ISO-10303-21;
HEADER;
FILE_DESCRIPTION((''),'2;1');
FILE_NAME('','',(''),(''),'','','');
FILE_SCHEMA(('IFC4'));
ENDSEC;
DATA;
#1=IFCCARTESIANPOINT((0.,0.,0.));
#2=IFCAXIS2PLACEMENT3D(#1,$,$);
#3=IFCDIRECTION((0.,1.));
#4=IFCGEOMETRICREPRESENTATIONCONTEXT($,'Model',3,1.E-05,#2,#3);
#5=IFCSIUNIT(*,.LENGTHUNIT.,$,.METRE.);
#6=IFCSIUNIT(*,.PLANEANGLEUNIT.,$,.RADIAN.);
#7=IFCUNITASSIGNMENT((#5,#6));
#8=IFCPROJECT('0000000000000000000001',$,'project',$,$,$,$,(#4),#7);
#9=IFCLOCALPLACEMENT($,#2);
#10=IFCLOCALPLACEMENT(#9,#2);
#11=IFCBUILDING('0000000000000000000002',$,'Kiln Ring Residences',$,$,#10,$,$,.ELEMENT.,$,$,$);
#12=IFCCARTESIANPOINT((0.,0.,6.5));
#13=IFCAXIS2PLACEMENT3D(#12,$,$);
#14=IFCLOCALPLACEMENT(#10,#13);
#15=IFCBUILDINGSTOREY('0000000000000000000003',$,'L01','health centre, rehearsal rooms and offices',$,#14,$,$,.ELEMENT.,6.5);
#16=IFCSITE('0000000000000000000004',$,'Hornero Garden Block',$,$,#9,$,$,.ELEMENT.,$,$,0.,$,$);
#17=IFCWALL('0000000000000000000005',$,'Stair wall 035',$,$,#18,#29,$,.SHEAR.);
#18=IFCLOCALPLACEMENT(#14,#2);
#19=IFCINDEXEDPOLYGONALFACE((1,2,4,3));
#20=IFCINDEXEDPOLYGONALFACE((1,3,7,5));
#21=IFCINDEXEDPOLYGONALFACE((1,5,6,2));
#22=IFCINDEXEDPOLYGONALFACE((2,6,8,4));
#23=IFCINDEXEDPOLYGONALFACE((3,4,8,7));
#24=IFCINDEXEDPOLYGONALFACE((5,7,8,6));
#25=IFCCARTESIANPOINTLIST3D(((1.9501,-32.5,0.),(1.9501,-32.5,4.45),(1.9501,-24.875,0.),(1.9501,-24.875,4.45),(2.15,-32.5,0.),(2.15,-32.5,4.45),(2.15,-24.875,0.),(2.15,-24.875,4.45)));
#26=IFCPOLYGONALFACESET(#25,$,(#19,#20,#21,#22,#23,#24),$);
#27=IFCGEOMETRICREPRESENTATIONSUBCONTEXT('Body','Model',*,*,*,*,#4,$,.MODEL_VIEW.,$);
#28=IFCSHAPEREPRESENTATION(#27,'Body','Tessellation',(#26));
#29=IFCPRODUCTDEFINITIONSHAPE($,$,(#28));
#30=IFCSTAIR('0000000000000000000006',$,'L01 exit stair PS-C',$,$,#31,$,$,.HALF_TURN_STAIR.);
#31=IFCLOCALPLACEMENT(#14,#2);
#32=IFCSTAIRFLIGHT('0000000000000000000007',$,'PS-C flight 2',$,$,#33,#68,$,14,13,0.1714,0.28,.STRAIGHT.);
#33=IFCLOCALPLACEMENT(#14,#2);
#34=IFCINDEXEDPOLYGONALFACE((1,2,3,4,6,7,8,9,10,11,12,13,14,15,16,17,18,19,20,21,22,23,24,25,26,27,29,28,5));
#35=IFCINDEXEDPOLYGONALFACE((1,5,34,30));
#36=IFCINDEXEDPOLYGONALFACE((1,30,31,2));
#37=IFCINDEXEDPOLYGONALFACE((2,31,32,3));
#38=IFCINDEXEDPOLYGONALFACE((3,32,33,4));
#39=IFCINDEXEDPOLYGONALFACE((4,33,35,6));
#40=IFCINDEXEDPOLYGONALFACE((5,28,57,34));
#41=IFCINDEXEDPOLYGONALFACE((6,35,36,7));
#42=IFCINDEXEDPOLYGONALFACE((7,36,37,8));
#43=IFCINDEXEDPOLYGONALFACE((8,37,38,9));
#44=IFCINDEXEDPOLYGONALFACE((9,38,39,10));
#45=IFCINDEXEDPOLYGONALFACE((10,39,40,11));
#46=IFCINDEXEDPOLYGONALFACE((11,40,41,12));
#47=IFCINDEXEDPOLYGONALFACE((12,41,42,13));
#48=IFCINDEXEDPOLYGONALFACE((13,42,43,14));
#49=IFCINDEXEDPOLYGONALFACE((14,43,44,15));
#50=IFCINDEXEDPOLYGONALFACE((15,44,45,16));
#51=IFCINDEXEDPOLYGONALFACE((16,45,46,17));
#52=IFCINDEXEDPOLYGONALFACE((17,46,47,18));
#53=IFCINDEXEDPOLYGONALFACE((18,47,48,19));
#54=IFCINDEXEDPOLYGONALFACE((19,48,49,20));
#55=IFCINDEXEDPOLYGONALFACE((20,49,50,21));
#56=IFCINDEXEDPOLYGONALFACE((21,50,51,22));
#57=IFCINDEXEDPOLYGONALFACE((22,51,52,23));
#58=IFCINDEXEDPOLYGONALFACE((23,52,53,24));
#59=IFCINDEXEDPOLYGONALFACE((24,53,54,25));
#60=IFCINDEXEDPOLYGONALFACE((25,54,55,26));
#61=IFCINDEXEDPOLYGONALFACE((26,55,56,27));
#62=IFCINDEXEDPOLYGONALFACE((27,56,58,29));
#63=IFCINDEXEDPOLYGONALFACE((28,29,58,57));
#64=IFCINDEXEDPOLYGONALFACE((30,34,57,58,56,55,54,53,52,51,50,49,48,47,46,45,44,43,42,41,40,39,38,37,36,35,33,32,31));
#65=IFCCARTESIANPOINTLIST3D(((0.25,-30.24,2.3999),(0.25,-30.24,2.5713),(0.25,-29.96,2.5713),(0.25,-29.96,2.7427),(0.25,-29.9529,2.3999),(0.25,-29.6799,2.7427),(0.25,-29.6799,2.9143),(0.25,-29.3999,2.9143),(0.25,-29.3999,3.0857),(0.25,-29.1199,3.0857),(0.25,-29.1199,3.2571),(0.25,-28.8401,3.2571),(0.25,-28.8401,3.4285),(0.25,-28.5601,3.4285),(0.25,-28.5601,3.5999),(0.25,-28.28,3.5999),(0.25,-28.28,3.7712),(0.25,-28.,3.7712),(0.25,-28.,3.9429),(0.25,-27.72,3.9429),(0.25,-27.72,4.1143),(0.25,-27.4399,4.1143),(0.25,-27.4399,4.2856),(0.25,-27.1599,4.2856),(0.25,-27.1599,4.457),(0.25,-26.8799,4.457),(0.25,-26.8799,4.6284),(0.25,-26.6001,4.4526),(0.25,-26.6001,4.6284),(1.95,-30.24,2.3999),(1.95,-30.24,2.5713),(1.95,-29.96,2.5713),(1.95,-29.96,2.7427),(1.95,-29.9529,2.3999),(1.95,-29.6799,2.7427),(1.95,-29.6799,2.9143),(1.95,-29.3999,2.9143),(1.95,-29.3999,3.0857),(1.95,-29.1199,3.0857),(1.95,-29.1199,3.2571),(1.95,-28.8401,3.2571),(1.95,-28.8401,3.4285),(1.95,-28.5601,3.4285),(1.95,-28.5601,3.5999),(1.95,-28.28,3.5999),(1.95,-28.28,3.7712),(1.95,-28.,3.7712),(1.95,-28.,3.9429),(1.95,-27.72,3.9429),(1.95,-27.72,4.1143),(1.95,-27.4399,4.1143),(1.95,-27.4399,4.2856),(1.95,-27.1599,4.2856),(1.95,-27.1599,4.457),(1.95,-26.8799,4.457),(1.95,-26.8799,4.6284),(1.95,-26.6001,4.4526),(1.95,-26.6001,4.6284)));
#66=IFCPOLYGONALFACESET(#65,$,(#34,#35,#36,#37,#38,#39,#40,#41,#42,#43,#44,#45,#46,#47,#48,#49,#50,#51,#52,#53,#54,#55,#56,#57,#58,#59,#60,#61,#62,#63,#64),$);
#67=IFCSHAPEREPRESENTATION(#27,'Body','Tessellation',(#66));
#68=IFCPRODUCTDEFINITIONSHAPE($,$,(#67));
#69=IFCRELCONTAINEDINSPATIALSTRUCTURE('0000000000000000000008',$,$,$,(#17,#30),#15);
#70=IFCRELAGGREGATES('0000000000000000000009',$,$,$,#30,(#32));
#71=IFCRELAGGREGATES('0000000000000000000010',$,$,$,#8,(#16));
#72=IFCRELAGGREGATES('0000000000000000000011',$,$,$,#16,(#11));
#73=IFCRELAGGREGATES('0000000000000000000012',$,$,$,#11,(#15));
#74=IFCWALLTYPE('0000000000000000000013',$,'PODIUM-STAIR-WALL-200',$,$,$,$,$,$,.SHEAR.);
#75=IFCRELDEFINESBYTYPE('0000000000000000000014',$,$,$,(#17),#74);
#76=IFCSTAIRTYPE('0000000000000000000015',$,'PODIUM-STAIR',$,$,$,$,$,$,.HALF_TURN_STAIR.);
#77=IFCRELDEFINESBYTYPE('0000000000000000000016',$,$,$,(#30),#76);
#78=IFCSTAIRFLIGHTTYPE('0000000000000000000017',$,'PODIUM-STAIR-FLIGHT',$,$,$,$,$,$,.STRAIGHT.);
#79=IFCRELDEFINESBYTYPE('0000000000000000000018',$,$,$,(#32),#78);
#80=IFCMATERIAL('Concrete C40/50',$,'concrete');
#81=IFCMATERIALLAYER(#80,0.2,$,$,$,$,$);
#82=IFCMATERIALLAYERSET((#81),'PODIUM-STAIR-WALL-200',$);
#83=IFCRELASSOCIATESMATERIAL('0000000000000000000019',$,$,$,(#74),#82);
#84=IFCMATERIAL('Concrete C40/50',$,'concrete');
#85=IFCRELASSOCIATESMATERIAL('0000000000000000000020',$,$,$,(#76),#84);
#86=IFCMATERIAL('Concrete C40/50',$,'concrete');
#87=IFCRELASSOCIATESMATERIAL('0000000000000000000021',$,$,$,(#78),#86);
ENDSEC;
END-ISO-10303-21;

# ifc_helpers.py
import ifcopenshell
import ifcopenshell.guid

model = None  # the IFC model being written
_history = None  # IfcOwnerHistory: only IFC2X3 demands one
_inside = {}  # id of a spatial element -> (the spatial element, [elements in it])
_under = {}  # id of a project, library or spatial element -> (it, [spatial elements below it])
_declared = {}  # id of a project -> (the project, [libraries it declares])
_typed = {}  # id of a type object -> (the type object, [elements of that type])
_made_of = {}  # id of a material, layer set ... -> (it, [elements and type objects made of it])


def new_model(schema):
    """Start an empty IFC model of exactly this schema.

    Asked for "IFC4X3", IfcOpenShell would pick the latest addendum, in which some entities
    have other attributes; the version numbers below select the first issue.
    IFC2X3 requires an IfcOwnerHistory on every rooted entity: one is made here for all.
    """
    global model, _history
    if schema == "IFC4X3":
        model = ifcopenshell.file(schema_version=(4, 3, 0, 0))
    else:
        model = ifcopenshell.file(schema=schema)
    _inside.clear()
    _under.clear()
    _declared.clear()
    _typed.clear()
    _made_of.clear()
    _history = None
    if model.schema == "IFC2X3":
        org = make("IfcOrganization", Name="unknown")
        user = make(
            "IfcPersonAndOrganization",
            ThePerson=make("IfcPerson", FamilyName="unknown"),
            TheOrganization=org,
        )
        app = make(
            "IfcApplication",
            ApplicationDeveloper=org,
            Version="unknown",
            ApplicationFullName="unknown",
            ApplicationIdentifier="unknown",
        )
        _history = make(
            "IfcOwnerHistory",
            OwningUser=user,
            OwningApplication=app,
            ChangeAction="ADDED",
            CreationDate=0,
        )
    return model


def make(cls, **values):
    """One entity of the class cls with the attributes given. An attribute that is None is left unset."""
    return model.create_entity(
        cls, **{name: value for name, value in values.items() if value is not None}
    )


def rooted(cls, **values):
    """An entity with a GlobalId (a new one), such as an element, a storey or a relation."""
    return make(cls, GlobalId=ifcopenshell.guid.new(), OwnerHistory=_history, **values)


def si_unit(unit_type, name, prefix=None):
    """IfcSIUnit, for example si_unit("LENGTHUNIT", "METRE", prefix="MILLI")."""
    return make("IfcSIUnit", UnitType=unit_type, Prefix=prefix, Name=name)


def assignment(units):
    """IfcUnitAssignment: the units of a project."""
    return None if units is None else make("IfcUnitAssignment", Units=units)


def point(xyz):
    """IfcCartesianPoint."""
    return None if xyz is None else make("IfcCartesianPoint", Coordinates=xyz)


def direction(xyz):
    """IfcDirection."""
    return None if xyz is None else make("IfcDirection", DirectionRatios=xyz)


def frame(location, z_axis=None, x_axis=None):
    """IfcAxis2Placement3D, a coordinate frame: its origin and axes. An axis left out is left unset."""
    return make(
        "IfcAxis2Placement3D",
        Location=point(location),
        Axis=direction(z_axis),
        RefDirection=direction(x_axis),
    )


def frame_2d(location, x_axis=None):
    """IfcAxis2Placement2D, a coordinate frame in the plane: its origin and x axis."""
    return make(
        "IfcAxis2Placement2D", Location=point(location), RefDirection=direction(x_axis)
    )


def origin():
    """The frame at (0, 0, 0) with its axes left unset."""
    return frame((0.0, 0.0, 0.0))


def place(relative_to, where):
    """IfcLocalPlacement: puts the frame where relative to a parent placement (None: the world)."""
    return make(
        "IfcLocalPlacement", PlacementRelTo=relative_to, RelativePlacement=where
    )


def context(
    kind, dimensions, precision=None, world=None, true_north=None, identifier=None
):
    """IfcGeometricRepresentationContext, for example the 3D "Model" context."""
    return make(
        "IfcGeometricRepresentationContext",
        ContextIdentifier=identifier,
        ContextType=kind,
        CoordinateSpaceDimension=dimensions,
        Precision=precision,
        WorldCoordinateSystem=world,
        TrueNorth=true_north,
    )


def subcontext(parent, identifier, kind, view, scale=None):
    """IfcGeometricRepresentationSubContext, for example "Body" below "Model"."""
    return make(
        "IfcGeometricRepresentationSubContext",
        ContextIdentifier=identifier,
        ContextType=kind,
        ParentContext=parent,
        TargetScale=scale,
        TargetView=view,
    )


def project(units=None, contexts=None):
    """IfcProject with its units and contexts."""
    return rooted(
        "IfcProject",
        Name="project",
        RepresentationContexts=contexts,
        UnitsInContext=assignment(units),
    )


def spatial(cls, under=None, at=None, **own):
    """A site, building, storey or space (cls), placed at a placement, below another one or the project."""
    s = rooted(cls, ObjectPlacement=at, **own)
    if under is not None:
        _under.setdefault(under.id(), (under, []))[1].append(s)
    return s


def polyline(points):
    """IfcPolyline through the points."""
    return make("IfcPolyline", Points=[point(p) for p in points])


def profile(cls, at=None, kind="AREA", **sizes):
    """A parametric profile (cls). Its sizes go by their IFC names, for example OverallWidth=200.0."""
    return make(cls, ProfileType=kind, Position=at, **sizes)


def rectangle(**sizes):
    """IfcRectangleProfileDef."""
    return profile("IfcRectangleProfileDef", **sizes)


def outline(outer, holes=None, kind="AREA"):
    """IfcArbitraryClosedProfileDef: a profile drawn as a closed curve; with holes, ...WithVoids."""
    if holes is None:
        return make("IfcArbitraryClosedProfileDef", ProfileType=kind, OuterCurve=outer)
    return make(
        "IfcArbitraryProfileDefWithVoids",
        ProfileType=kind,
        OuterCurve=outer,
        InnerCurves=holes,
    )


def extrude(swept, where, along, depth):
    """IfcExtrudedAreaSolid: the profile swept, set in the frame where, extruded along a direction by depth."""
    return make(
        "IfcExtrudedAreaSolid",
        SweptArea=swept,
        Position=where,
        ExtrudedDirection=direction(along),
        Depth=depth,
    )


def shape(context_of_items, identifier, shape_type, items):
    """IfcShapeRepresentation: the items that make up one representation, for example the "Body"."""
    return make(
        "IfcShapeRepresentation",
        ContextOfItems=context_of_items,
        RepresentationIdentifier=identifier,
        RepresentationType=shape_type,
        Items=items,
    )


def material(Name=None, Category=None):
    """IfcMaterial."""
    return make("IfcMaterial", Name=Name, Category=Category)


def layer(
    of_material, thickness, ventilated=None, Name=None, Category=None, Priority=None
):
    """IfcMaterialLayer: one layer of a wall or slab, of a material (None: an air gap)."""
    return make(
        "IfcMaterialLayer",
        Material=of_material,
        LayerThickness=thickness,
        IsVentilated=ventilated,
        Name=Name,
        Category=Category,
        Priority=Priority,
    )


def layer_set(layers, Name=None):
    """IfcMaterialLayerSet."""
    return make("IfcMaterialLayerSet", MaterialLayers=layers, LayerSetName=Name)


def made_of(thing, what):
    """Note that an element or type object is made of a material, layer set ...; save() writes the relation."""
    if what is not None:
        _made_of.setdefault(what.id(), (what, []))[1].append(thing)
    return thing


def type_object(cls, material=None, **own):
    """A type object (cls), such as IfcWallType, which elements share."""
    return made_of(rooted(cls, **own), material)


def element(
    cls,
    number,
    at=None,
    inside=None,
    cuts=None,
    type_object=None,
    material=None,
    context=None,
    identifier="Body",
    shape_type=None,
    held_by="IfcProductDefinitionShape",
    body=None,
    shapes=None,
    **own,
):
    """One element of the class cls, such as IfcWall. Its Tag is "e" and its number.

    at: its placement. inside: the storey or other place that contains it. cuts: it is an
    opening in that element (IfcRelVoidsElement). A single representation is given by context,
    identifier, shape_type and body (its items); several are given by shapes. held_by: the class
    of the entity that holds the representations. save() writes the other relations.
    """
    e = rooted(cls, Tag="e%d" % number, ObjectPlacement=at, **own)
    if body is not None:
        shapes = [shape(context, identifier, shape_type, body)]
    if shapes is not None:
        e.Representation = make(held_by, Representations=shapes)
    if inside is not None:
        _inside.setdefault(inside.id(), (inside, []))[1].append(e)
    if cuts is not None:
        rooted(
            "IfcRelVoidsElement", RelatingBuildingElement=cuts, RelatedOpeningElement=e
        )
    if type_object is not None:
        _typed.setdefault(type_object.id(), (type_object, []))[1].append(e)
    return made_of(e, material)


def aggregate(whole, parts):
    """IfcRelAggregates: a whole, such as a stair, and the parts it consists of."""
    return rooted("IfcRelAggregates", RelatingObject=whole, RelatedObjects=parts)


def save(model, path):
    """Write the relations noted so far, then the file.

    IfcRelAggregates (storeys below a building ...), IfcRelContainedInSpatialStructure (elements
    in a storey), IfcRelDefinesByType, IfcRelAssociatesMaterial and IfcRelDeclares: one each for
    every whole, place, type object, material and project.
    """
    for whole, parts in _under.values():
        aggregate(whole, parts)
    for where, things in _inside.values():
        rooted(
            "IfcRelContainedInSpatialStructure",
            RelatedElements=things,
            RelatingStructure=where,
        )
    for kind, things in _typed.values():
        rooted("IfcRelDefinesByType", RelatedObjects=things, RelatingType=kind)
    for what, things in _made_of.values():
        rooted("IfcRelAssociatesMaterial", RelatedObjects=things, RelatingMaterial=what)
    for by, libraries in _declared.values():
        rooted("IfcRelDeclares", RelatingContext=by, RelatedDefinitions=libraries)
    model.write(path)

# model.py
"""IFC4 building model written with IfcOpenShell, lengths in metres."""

from ifc_helpers import new_model, si_unit, direction, frame, frame_2d, origin, place, context, subcontext, project, spatial, polyline, rectangle, outline, extrude, material, layer, layer_set, type_object, element, aggregate, save


model = new_model("IFC4")

# Units and contexts
model_context = context("Model", 3, precision=1e-05, world=origin(), true_north=direction((0.0, 1.0)))
body_context = subcontext(model_context, "Body", "Model", "MODEL_VIEW")
ifc_project = project(units=[si_unit("LENGTHUNIT", "METRE"), si_unit("PLANEANGLEUNIT", "RADIAN")], contexts=[model_context])

# Site, building, storey
site_placement = place(None, origin())
site = spatial("IfcSite", under=ifc_project, at=site_placement, Name="Hornero Garden Block", CompositionType="ELEMENT", RefElevation=0.0)
building_placement = place(site_placement, origin())
building = spatial("IfcBuilding", under=site, at=building_placement, Name="Kiln Ring Residences", CompositionType="ELEMENT")
storey_placement = place(building_placement, frame((0.0, 0.0, 6.5)))
storey = spatial("IfcBuildingStorey", under=building, at=storey_placement, Name="L01", Description="health centre, rehearsal rooms and offices", CompositionType="ELEMENT", Elevation=6.5)

# Wall
ifc_material_1 = material(Name="Concrete C40/50", Category="concrete")
ifc_layer_1 = layer(ifc_material_1, 0.2)
ifc_layer_set_1 = layer_set([ifc_layer_1], Name="PODIUM-STAIR-WALL-200")
wall_type_1 = type_object("IfcWallType", Name="PODIUM-STAIR-WALL-200", PredefinedType="SHEAR", material=ifc_layer_set_1)
wall_1_placement = place(storey_placement, frame((2.05, -32.5, 0.0), z_axis=(0.0, 0.0, 1.0), x_axis=(0.0, 1.0, 0.0)))
element("IfcWall", 1, at=wall_1_placement, inside=storey, type_object=wall_type_1, Name="Stair wall 035", PredefinedType="SHEAR", context=body_context, shape_type="SweptSolid", body=[
    extrude(rectangle(XDim=7.625, YDim=0.2, at=frame_2d((3.8125, 0.0))), origin(), (0.0, 0.0, 1.0), 4.45),
])

# Stair, stair flight
ifc_material_2 = material(Name="Concrete C40/50", Category="concrete")
stair_type = type_object("IfcStairType", Name="PODIUM-STAIR", PredefinedType="HALF_TURN_STAIR", material=ifc_material_2)
stair_placement = place(storey_placement, origin())
stair = element("IfcStair", 2, at=stair_placement, inside=storey, type_object=stair_type, Name="L01 exit stair PS-C", PredefinedType="HALF_TURN_STAIR")
ifc_material_3 = material(Name="Concrete C40/50", Category="concrete")
stair_flight_type = type_object("IfcStairFlightType", Name="PODIUM-STAIR-FLIGHT", PredefinedType="STRAIGHT", material=ifc_material_3)
stair_flight_placement = place(storey_placement, frame((1.1001, -30.24, 2.3999), z_axis=(0.0, 0.0, 1.0), x_axis=(0.0, 1.0, 0.0)))
stair_flight = element("IfcStairFlight", 3, at=stair_flight_placement, type_object=stair_flight_type, Name="PS-C flight 2", NumberOfRisers=14, NumberOfTreads=13, PredefinedType="STRAIGHT", RiserHeight=0.1714, TreadLength=0.28, context=body_context, shape_type="SweptSolid", body=[
    extrude(outline(polyline([(0.0, 0.0), (0.0, 0.1714), (0.28, 0.1714), (0.28, 0.3428), (0.5601, 0.3428), (0.5601, 0.5144), (0.8401, 0.5144), (0.8401, 0.6858), (1.1201, 0.6858), (1.1201, 0.8572), (1.3999, 0.8572), (1.3999, 1.0286), (1.6799, 1.0286), (1.6799, 1.2), (1.96, 1.2), (1.96, 1.3713), (2.24, 1.3713), (2.24, 1.543), (2.52, 1.543), (2.52, 1.7144), (2.8, 1.7144), (2.8, 1.8857), (3.0801, 1.8857), (3.0801, 2.0571), (3.3601, 2.0571), (3.3601, 2.2285), (3.6399, 2.2285), (3.6399, 2.3999), (3.6399, 2.0527), (0.2871, 0.0), (0.0, 0.0)])), frame((0.0, 0.8501, 0.0), z_axis=(0.0, -1.0, 0.0), x_axis=(1.0, 0.0, 0.0)), (0.0, 0.0, 1.0), 1.7),
])
aggregate(stair, [stair_flight])

save(model, "model.ifc")
